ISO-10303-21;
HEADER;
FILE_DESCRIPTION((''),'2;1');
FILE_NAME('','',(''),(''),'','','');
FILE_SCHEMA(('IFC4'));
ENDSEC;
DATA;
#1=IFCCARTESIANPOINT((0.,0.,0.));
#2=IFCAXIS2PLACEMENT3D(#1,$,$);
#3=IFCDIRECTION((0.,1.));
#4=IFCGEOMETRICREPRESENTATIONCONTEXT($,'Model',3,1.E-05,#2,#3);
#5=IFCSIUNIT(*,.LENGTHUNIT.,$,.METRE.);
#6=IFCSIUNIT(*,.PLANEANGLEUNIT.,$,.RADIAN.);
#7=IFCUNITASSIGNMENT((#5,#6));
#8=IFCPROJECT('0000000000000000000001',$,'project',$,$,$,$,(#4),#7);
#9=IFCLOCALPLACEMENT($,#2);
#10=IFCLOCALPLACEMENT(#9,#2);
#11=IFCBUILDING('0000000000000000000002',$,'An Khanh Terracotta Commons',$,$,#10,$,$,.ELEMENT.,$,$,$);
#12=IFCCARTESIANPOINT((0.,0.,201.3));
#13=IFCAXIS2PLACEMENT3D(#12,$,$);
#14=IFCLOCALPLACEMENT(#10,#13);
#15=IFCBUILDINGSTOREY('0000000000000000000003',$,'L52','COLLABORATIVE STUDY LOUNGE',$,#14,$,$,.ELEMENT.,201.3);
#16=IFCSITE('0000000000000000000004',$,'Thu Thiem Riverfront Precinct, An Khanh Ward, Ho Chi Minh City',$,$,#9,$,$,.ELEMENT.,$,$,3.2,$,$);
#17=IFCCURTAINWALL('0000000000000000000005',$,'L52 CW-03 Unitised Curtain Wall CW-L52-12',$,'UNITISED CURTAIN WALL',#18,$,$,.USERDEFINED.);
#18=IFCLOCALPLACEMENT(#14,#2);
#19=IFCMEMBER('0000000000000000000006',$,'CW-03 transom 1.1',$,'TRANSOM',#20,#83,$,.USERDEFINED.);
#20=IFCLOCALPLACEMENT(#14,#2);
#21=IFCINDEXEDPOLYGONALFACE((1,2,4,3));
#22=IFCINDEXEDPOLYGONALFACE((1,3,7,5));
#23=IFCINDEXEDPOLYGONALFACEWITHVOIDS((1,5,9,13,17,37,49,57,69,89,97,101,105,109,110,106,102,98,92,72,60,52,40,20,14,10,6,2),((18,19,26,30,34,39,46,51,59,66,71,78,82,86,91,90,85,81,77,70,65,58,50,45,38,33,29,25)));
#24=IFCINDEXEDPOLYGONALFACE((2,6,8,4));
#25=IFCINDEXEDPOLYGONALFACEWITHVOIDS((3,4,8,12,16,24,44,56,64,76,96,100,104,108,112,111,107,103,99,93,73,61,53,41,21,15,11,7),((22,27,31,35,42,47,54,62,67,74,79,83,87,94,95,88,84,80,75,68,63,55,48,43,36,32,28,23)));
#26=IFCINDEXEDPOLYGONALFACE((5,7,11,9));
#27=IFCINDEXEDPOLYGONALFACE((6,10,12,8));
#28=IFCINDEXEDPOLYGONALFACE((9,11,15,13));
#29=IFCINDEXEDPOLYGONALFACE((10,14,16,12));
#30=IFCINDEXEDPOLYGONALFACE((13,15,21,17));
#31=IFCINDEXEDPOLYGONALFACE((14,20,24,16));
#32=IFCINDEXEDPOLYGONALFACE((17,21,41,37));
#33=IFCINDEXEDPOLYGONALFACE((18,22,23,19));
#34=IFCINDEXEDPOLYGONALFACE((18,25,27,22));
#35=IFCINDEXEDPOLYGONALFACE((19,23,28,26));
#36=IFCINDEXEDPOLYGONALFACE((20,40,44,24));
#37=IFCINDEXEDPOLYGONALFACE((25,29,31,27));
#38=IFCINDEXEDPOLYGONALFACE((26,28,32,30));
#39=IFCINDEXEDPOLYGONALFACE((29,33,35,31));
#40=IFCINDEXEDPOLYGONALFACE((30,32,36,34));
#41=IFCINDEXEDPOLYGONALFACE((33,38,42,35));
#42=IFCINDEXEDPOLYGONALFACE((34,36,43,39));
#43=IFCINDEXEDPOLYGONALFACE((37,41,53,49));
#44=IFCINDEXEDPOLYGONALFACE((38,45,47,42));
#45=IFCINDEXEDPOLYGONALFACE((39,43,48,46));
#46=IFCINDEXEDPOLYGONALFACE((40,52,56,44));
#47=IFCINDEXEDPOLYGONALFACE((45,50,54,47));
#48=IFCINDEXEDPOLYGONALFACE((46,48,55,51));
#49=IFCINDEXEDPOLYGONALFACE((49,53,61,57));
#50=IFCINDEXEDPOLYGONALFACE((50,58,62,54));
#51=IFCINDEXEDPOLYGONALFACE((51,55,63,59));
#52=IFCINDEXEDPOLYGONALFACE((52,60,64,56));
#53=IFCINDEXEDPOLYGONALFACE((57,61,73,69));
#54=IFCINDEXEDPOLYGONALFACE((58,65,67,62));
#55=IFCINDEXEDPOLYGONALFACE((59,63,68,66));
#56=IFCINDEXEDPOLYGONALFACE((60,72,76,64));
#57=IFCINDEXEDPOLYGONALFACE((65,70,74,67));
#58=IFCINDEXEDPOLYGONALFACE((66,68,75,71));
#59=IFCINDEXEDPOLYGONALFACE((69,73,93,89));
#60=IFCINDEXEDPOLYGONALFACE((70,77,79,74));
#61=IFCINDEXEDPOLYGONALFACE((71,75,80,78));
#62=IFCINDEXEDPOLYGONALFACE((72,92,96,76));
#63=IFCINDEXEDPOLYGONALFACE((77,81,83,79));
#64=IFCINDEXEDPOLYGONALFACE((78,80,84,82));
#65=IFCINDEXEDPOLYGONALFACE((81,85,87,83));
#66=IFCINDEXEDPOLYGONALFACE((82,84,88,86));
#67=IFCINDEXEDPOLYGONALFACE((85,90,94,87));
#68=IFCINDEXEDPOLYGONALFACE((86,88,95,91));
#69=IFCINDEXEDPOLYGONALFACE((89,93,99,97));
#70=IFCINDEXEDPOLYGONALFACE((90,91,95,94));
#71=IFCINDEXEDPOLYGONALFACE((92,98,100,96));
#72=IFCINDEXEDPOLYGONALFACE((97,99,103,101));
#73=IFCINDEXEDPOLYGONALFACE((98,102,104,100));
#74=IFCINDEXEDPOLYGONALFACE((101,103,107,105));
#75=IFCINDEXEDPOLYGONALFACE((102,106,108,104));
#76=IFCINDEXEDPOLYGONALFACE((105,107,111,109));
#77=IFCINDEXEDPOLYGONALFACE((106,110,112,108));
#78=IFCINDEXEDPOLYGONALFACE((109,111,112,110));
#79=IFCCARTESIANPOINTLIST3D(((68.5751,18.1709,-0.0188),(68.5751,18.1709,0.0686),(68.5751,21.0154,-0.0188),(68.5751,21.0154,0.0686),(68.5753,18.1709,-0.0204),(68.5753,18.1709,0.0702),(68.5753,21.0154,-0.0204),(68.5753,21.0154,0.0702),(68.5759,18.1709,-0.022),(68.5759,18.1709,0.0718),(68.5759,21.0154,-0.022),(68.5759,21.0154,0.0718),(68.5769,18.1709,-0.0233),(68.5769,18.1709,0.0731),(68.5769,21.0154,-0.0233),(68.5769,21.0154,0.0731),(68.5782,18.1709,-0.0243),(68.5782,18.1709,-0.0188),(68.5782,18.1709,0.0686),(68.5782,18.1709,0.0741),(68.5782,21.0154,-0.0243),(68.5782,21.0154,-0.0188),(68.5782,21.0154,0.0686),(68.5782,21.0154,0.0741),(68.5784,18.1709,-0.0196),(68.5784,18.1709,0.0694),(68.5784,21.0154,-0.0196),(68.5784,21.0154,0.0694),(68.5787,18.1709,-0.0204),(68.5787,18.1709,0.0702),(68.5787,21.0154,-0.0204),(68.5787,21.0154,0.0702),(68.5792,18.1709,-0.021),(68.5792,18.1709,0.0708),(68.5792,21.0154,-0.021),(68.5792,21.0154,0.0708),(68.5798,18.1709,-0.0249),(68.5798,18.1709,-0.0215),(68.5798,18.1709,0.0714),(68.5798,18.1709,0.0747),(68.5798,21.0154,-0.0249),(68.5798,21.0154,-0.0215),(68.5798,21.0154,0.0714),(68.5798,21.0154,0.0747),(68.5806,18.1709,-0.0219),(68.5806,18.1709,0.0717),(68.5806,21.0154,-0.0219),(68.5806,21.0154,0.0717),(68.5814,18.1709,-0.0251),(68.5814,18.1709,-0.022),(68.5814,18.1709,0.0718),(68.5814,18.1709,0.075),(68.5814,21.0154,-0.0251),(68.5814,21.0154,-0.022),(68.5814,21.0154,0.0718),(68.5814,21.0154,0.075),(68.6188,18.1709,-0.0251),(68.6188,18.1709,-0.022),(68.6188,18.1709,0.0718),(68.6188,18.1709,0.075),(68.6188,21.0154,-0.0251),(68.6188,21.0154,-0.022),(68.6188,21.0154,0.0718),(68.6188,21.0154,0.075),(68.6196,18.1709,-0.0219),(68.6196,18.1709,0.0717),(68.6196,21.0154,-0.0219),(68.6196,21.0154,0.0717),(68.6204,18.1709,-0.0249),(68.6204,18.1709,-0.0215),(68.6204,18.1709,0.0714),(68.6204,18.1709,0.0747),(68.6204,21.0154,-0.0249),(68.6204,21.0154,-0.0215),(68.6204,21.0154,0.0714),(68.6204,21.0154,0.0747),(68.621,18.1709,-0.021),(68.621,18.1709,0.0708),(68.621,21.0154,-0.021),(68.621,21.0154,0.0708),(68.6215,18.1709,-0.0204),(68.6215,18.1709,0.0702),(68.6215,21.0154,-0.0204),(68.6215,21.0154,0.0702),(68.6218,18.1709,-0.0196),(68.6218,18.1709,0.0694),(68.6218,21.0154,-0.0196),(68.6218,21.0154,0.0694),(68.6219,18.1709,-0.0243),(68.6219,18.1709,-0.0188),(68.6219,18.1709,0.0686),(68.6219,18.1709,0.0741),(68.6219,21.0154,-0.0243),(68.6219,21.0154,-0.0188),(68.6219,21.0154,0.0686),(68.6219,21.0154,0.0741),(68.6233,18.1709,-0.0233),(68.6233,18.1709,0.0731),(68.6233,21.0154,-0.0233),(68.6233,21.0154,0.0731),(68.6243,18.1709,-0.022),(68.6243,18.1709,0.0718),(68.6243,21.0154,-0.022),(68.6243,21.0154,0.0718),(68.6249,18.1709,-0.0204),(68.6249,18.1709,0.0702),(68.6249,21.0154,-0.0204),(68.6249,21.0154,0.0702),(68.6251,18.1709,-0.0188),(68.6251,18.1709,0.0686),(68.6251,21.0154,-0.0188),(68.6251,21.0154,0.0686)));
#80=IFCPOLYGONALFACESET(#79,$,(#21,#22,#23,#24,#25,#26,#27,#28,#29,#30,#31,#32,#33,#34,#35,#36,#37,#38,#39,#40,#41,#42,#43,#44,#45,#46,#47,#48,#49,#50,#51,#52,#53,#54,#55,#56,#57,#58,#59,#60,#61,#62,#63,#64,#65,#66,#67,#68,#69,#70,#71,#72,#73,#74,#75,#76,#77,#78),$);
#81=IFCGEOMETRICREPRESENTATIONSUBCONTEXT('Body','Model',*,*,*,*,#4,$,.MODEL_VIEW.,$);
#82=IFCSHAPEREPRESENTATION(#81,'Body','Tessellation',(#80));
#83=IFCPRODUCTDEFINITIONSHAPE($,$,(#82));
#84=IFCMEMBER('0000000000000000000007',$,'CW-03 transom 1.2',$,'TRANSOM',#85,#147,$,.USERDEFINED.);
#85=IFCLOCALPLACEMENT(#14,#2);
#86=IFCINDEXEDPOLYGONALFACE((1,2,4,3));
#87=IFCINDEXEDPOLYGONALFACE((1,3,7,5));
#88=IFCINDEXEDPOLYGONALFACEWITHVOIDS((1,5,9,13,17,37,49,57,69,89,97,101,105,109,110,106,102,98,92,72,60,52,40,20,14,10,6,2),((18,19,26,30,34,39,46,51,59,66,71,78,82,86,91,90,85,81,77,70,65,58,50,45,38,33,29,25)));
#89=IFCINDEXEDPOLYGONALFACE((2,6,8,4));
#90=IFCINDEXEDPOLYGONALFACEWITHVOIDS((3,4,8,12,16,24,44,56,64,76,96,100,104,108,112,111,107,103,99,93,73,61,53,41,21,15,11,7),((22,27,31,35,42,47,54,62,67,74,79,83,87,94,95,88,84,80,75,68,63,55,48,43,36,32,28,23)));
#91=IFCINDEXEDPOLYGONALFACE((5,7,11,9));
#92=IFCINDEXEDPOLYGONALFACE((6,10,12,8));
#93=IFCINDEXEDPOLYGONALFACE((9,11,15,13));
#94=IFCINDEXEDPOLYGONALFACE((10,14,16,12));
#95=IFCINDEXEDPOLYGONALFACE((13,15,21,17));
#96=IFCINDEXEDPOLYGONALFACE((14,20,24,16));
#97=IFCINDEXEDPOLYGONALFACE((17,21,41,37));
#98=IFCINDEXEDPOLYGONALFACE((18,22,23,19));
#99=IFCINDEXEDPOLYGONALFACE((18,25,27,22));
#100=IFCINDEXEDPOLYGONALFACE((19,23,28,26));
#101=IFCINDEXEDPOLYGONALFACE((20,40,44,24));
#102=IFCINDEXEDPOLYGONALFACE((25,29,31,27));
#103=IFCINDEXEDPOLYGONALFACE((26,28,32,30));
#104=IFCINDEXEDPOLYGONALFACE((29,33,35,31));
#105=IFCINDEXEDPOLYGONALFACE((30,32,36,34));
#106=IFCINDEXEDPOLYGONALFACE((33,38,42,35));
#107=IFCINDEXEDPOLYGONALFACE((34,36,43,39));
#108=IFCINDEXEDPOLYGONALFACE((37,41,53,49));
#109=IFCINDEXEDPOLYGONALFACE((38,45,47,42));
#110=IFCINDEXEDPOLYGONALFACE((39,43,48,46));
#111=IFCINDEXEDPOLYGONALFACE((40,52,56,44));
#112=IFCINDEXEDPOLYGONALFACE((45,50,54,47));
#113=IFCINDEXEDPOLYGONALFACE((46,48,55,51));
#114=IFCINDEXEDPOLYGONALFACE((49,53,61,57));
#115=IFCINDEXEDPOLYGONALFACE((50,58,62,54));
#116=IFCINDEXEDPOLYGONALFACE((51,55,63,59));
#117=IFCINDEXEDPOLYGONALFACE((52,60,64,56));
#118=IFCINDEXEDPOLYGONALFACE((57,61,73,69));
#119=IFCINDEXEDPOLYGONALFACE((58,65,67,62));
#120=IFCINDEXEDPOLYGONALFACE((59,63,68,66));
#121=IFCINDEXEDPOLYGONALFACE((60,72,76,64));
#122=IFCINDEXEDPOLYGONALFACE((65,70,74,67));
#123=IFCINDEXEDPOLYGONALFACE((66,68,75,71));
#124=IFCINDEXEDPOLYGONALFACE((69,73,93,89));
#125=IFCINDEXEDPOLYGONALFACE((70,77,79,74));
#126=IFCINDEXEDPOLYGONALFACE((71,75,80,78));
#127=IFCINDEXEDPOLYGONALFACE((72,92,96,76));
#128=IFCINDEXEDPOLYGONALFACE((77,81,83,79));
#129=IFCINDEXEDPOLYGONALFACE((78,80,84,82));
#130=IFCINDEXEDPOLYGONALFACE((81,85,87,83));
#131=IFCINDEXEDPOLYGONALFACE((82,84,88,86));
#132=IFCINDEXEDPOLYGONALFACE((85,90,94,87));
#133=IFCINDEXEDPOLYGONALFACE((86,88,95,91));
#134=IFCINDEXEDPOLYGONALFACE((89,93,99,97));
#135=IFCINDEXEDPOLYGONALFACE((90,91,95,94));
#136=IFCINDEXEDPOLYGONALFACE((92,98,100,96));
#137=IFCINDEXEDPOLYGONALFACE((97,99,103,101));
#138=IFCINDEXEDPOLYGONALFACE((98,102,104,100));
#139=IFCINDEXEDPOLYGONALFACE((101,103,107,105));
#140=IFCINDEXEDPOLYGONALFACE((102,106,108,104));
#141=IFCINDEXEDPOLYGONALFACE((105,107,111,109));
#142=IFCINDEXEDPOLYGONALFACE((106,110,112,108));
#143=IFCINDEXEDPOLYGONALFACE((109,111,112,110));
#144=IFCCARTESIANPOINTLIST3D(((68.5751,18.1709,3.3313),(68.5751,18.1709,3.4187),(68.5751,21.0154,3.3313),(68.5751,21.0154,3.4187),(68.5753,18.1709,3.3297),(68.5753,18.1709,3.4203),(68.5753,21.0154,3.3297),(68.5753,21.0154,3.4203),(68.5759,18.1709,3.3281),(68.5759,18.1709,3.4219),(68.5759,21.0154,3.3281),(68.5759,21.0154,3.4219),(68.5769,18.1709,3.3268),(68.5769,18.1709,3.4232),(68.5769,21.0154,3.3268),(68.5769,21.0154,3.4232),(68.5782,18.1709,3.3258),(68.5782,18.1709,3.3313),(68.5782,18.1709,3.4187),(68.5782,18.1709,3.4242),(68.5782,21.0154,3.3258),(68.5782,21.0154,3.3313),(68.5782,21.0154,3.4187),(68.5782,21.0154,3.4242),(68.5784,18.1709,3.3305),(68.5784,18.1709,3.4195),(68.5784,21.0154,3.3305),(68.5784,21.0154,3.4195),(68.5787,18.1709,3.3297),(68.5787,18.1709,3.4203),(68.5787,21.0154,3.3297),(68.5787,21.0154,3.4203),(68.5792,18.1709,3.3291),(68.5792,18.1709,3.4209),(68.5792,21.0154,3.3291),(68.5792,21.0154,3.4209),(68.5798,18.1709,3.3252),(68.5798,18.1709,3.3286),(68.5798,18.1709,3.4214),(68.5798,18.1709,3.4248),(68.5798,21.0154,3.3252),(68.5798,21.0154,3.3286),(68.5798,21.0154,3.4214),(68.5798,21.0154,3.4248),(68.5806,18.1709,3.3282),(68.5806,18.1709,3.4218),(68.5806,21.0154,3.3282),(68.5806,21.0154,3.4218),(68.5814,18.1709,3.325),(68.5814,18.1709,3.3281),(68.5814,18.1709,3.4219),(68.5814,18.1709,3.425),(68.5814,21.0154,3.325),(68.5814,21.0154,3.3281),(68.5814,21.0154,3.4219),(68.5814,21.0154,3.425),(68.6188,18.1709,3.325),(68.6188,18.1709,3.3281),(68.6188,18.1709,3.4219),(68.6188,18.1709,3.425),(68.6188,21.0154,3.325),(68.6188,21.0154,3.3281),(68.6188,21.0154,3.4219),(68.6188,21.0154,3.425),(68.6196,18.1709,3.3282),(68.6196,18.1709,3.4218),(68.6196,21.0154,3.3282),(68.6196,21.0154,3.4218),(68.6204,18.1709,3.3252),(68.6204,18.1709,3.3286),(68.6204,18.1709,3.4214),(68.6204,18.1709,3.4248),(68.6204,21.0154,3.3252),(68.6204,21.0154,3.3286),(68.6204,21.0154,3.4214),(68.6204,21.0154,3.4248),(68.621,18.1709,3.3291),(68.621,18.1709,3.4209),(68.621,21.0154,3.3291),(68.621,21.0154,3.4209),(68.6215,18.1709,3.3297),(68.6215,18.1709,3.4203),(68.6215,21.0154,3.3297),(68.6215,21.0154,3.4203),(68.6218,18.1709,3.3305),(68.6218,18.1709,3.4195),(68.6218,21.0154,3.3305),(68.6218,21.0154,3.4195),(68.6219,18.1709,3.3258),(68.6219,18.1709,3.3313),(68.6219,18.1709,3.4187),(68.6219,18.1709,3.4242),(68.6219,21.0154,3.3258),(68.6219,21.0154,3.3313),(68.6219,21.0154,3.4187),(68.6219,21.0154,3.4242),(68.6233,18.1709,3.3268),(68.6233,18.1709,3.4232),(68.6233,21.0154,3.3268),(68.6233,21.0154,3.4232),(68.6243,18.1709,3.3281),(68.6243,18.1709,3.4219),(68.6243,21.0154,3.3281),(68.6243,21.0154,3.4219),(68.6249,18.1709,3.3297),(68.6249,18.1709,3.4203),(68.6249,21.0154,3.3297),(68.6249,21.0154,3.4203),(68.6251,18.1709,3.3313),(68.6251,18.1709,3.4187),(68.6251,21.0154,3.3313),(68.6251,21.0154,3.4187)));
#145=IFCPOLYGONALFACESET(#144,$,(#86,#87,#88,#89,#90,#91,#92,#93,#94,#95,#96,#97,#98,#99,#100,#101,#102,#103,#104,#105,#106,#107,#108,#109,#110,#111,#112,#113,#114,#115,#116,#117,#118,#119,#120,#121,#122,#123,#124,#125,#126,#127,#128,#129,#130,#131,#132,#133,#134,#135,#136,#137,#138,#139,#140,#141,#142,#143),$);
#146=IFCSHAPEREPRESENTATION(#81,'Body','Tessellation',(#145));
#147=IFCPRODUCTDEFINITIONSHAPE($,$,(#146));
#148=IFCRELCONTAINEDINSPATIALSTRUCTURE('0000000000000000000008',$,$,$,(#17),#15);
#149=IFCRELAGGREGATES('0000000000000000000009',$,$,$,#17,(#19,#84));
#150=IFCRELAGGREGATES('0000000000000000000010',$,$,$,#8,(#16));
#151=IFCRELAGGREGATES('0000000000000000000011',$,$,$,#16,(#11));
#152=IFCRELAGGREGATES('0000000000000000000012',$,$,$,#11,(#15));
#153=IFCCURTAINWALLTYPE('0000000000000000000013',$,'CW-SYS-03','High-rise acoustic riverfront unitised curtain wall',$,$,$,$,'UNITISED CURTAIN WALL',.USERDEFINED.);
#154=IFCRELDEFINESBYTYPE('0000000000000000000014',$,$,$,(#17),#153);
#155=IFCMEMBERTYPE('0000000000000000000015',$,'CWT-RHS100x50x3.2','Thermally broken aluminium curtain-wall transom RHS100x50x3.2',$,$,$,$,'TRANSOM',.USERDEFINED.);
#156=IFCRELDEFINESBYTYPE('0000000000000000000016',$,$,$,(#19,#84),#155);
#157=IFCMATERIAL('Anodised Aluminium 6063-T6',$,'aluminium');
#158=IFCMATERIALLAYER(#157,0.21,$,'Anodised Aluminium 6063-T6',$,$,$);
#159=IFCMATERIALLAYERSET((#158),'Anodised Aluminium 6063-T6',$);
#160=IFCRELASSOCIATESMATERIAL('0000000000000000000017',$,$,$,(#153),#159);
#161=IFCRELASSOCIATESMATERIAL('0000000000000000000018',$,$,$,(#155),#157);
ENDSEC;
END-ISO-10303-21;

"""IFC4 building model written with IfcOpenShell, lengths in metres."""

from ifc_helpers import new_model, si_unit, direction, frame, origin, origin_2d, place, context, subcontext, project, spatial, hollow_rectangle, extrude, material, layer, layer_set, material_profile, profile_set, type_object, element, aggregate, save


model = new_model("IFC4")

# Units and contexts
model_context = context("Model", 3, precision=1e-05, world=origin(), true_north=direction((0.0, 1.0)))
body_context = subcontext(model_context, "Body", "Model", "MODEL_VIEW")
ifc_project = project(units=[si_unit("LENGTHUNIT", "METRE"), si_unit("PLANEANGLEUNIT", "RADIAN")], contexts=[model_context])

# Site, building, storey
site_placement = place(None, origin())
site = spatial("IfcSite", under=ifc_project, at=site_placement, Name="Thu Thiem Riverfront Precinct, An Khanh Ward, Ho Chi Minh City", CompositionType="ELEMENT", RefElevation=3.2)
building_placement = place(site_placement, origin())
building = spatial("IfcBuilding", under=site, at=building_placement, Name="An Khanh Terracotta Commons", CompositionType="ELEMENT")
storey_placement = place(building_placement, frame((0.0, 0.0, 201.3)))
storey = spatial("IfcBuildingStorey", under=building, at=storey_placement, Name="L52", Description="COLLABORATIVE STUDY LOUNGE", CompositionType="ELEMENT", Elevation=201.3)

# Curtain wall
ifc_material_1 = material(Name="Anodised Aluminium 6063-T6", Category="aluminium")
ifc_layer_1 = layer(ifc_material_1, 0.21, Name="Anodised Aluminium 6063-T6")
ifc_layer_set_1 = layer_set([ifc_layer_1], Name="Anodised Aluminium 6063-T6")
curtain_wall_type = type_object("IfcCurtainWallType", Name="CW-SYS-03", Description="High-rise acoustic riverfront unitised curtain wall", ElementType="UNITISED CURTAIN WALL", PredefinedType="USERDEFINED", material=ifc_layer_set_1)
curtain_wall_1_placement = place(storey_placement, origin())
curtain_wall_1 = element("IfcCurtainWall", 1, at=curtain_wall_1_placement, inside=storey, type_object=curtain_wall_type, Name="L52 CW-03 Unitised Curtain Wall CW-L52-12", ObjectType="UNITISED CURTAIN WALL", PredefinedType="USERDEFINED")

# Members
ifc_material_profile_1 = material_profile(ifc_material_1, hollow_rectangle(XDim=0.05, YDim=0.1001, WallThickness=0.0032, InnerFilletRadius=0.0032, OuterFilletRadius=0.0063, at=origin_2d()), Name="RHS100x50x3.2")
ifc_profile_set_1 = profile_set([ifc_material_profile_1], Name="Anodised Aluminium 6063-T6")
member_type_1 = type_object("IfcMemberType", Name="CWT-RHS100x50x3.2", Description="Thermally broken aluminium curtain-wall transom RHS100x50x3.2", ElementType="TRANSOM", PredefinedType="USERDEFINED", material=ifc_profile_set_1)
member_1_placement = place(storey_placement, frame((68.6001, 18.1709, 0.0249), z_axis=(0.0, 1.0, 0.0), x_axis=(-1.0, 0.0, 0.0)))
member_1 = element("IfcMember", 2, at=member_1_placement, type_object=member_type_1, Name="CW-03 transom 1.1", ObjectType="TRANSOM", PredefinedType="USERDEFINED", context=body_context, shape_type="SweptSolid", body=[
    extrude(hollow_rectangle(XDim=0.05, YDim=0.1001, WallThickness=0.0032, InnerFilletRadius=0.0032, OuterFilletRadius=0.0063, at=origin_2d()), origin(), (0.0, 0.0, 1.0), 2.8445),
])
member_2_placement = place(storey_placement, frame((68.6001, 18.1709, 3.375), z_axis=(0.0, 1.0, 0.0), x_axis=(-1.0, 0.0, 0.0)))
member_2 = element("IfcMember", 3, at=member_2_placement, type_object=member_type_1, Name="CW-03 transom 1.2", ObjectType="TRANSOM", PredefinedType="USERDEFINED", context=body_context, shape_type="SweptSolid", body=[
    extrude(hollow_rectangle(XDim=0.05, YDim=0.1001, WallThickness=0.0032, InnerFilletRadius=0.0032, OuterFilletRadius=0.0063, at=origin_2d()), origin(), (0.0, 0.0, 1.0), 2.8445),
])

aggregate(curtain_wall_1, [member_1, member_2])

save(model, "model.ifc")
